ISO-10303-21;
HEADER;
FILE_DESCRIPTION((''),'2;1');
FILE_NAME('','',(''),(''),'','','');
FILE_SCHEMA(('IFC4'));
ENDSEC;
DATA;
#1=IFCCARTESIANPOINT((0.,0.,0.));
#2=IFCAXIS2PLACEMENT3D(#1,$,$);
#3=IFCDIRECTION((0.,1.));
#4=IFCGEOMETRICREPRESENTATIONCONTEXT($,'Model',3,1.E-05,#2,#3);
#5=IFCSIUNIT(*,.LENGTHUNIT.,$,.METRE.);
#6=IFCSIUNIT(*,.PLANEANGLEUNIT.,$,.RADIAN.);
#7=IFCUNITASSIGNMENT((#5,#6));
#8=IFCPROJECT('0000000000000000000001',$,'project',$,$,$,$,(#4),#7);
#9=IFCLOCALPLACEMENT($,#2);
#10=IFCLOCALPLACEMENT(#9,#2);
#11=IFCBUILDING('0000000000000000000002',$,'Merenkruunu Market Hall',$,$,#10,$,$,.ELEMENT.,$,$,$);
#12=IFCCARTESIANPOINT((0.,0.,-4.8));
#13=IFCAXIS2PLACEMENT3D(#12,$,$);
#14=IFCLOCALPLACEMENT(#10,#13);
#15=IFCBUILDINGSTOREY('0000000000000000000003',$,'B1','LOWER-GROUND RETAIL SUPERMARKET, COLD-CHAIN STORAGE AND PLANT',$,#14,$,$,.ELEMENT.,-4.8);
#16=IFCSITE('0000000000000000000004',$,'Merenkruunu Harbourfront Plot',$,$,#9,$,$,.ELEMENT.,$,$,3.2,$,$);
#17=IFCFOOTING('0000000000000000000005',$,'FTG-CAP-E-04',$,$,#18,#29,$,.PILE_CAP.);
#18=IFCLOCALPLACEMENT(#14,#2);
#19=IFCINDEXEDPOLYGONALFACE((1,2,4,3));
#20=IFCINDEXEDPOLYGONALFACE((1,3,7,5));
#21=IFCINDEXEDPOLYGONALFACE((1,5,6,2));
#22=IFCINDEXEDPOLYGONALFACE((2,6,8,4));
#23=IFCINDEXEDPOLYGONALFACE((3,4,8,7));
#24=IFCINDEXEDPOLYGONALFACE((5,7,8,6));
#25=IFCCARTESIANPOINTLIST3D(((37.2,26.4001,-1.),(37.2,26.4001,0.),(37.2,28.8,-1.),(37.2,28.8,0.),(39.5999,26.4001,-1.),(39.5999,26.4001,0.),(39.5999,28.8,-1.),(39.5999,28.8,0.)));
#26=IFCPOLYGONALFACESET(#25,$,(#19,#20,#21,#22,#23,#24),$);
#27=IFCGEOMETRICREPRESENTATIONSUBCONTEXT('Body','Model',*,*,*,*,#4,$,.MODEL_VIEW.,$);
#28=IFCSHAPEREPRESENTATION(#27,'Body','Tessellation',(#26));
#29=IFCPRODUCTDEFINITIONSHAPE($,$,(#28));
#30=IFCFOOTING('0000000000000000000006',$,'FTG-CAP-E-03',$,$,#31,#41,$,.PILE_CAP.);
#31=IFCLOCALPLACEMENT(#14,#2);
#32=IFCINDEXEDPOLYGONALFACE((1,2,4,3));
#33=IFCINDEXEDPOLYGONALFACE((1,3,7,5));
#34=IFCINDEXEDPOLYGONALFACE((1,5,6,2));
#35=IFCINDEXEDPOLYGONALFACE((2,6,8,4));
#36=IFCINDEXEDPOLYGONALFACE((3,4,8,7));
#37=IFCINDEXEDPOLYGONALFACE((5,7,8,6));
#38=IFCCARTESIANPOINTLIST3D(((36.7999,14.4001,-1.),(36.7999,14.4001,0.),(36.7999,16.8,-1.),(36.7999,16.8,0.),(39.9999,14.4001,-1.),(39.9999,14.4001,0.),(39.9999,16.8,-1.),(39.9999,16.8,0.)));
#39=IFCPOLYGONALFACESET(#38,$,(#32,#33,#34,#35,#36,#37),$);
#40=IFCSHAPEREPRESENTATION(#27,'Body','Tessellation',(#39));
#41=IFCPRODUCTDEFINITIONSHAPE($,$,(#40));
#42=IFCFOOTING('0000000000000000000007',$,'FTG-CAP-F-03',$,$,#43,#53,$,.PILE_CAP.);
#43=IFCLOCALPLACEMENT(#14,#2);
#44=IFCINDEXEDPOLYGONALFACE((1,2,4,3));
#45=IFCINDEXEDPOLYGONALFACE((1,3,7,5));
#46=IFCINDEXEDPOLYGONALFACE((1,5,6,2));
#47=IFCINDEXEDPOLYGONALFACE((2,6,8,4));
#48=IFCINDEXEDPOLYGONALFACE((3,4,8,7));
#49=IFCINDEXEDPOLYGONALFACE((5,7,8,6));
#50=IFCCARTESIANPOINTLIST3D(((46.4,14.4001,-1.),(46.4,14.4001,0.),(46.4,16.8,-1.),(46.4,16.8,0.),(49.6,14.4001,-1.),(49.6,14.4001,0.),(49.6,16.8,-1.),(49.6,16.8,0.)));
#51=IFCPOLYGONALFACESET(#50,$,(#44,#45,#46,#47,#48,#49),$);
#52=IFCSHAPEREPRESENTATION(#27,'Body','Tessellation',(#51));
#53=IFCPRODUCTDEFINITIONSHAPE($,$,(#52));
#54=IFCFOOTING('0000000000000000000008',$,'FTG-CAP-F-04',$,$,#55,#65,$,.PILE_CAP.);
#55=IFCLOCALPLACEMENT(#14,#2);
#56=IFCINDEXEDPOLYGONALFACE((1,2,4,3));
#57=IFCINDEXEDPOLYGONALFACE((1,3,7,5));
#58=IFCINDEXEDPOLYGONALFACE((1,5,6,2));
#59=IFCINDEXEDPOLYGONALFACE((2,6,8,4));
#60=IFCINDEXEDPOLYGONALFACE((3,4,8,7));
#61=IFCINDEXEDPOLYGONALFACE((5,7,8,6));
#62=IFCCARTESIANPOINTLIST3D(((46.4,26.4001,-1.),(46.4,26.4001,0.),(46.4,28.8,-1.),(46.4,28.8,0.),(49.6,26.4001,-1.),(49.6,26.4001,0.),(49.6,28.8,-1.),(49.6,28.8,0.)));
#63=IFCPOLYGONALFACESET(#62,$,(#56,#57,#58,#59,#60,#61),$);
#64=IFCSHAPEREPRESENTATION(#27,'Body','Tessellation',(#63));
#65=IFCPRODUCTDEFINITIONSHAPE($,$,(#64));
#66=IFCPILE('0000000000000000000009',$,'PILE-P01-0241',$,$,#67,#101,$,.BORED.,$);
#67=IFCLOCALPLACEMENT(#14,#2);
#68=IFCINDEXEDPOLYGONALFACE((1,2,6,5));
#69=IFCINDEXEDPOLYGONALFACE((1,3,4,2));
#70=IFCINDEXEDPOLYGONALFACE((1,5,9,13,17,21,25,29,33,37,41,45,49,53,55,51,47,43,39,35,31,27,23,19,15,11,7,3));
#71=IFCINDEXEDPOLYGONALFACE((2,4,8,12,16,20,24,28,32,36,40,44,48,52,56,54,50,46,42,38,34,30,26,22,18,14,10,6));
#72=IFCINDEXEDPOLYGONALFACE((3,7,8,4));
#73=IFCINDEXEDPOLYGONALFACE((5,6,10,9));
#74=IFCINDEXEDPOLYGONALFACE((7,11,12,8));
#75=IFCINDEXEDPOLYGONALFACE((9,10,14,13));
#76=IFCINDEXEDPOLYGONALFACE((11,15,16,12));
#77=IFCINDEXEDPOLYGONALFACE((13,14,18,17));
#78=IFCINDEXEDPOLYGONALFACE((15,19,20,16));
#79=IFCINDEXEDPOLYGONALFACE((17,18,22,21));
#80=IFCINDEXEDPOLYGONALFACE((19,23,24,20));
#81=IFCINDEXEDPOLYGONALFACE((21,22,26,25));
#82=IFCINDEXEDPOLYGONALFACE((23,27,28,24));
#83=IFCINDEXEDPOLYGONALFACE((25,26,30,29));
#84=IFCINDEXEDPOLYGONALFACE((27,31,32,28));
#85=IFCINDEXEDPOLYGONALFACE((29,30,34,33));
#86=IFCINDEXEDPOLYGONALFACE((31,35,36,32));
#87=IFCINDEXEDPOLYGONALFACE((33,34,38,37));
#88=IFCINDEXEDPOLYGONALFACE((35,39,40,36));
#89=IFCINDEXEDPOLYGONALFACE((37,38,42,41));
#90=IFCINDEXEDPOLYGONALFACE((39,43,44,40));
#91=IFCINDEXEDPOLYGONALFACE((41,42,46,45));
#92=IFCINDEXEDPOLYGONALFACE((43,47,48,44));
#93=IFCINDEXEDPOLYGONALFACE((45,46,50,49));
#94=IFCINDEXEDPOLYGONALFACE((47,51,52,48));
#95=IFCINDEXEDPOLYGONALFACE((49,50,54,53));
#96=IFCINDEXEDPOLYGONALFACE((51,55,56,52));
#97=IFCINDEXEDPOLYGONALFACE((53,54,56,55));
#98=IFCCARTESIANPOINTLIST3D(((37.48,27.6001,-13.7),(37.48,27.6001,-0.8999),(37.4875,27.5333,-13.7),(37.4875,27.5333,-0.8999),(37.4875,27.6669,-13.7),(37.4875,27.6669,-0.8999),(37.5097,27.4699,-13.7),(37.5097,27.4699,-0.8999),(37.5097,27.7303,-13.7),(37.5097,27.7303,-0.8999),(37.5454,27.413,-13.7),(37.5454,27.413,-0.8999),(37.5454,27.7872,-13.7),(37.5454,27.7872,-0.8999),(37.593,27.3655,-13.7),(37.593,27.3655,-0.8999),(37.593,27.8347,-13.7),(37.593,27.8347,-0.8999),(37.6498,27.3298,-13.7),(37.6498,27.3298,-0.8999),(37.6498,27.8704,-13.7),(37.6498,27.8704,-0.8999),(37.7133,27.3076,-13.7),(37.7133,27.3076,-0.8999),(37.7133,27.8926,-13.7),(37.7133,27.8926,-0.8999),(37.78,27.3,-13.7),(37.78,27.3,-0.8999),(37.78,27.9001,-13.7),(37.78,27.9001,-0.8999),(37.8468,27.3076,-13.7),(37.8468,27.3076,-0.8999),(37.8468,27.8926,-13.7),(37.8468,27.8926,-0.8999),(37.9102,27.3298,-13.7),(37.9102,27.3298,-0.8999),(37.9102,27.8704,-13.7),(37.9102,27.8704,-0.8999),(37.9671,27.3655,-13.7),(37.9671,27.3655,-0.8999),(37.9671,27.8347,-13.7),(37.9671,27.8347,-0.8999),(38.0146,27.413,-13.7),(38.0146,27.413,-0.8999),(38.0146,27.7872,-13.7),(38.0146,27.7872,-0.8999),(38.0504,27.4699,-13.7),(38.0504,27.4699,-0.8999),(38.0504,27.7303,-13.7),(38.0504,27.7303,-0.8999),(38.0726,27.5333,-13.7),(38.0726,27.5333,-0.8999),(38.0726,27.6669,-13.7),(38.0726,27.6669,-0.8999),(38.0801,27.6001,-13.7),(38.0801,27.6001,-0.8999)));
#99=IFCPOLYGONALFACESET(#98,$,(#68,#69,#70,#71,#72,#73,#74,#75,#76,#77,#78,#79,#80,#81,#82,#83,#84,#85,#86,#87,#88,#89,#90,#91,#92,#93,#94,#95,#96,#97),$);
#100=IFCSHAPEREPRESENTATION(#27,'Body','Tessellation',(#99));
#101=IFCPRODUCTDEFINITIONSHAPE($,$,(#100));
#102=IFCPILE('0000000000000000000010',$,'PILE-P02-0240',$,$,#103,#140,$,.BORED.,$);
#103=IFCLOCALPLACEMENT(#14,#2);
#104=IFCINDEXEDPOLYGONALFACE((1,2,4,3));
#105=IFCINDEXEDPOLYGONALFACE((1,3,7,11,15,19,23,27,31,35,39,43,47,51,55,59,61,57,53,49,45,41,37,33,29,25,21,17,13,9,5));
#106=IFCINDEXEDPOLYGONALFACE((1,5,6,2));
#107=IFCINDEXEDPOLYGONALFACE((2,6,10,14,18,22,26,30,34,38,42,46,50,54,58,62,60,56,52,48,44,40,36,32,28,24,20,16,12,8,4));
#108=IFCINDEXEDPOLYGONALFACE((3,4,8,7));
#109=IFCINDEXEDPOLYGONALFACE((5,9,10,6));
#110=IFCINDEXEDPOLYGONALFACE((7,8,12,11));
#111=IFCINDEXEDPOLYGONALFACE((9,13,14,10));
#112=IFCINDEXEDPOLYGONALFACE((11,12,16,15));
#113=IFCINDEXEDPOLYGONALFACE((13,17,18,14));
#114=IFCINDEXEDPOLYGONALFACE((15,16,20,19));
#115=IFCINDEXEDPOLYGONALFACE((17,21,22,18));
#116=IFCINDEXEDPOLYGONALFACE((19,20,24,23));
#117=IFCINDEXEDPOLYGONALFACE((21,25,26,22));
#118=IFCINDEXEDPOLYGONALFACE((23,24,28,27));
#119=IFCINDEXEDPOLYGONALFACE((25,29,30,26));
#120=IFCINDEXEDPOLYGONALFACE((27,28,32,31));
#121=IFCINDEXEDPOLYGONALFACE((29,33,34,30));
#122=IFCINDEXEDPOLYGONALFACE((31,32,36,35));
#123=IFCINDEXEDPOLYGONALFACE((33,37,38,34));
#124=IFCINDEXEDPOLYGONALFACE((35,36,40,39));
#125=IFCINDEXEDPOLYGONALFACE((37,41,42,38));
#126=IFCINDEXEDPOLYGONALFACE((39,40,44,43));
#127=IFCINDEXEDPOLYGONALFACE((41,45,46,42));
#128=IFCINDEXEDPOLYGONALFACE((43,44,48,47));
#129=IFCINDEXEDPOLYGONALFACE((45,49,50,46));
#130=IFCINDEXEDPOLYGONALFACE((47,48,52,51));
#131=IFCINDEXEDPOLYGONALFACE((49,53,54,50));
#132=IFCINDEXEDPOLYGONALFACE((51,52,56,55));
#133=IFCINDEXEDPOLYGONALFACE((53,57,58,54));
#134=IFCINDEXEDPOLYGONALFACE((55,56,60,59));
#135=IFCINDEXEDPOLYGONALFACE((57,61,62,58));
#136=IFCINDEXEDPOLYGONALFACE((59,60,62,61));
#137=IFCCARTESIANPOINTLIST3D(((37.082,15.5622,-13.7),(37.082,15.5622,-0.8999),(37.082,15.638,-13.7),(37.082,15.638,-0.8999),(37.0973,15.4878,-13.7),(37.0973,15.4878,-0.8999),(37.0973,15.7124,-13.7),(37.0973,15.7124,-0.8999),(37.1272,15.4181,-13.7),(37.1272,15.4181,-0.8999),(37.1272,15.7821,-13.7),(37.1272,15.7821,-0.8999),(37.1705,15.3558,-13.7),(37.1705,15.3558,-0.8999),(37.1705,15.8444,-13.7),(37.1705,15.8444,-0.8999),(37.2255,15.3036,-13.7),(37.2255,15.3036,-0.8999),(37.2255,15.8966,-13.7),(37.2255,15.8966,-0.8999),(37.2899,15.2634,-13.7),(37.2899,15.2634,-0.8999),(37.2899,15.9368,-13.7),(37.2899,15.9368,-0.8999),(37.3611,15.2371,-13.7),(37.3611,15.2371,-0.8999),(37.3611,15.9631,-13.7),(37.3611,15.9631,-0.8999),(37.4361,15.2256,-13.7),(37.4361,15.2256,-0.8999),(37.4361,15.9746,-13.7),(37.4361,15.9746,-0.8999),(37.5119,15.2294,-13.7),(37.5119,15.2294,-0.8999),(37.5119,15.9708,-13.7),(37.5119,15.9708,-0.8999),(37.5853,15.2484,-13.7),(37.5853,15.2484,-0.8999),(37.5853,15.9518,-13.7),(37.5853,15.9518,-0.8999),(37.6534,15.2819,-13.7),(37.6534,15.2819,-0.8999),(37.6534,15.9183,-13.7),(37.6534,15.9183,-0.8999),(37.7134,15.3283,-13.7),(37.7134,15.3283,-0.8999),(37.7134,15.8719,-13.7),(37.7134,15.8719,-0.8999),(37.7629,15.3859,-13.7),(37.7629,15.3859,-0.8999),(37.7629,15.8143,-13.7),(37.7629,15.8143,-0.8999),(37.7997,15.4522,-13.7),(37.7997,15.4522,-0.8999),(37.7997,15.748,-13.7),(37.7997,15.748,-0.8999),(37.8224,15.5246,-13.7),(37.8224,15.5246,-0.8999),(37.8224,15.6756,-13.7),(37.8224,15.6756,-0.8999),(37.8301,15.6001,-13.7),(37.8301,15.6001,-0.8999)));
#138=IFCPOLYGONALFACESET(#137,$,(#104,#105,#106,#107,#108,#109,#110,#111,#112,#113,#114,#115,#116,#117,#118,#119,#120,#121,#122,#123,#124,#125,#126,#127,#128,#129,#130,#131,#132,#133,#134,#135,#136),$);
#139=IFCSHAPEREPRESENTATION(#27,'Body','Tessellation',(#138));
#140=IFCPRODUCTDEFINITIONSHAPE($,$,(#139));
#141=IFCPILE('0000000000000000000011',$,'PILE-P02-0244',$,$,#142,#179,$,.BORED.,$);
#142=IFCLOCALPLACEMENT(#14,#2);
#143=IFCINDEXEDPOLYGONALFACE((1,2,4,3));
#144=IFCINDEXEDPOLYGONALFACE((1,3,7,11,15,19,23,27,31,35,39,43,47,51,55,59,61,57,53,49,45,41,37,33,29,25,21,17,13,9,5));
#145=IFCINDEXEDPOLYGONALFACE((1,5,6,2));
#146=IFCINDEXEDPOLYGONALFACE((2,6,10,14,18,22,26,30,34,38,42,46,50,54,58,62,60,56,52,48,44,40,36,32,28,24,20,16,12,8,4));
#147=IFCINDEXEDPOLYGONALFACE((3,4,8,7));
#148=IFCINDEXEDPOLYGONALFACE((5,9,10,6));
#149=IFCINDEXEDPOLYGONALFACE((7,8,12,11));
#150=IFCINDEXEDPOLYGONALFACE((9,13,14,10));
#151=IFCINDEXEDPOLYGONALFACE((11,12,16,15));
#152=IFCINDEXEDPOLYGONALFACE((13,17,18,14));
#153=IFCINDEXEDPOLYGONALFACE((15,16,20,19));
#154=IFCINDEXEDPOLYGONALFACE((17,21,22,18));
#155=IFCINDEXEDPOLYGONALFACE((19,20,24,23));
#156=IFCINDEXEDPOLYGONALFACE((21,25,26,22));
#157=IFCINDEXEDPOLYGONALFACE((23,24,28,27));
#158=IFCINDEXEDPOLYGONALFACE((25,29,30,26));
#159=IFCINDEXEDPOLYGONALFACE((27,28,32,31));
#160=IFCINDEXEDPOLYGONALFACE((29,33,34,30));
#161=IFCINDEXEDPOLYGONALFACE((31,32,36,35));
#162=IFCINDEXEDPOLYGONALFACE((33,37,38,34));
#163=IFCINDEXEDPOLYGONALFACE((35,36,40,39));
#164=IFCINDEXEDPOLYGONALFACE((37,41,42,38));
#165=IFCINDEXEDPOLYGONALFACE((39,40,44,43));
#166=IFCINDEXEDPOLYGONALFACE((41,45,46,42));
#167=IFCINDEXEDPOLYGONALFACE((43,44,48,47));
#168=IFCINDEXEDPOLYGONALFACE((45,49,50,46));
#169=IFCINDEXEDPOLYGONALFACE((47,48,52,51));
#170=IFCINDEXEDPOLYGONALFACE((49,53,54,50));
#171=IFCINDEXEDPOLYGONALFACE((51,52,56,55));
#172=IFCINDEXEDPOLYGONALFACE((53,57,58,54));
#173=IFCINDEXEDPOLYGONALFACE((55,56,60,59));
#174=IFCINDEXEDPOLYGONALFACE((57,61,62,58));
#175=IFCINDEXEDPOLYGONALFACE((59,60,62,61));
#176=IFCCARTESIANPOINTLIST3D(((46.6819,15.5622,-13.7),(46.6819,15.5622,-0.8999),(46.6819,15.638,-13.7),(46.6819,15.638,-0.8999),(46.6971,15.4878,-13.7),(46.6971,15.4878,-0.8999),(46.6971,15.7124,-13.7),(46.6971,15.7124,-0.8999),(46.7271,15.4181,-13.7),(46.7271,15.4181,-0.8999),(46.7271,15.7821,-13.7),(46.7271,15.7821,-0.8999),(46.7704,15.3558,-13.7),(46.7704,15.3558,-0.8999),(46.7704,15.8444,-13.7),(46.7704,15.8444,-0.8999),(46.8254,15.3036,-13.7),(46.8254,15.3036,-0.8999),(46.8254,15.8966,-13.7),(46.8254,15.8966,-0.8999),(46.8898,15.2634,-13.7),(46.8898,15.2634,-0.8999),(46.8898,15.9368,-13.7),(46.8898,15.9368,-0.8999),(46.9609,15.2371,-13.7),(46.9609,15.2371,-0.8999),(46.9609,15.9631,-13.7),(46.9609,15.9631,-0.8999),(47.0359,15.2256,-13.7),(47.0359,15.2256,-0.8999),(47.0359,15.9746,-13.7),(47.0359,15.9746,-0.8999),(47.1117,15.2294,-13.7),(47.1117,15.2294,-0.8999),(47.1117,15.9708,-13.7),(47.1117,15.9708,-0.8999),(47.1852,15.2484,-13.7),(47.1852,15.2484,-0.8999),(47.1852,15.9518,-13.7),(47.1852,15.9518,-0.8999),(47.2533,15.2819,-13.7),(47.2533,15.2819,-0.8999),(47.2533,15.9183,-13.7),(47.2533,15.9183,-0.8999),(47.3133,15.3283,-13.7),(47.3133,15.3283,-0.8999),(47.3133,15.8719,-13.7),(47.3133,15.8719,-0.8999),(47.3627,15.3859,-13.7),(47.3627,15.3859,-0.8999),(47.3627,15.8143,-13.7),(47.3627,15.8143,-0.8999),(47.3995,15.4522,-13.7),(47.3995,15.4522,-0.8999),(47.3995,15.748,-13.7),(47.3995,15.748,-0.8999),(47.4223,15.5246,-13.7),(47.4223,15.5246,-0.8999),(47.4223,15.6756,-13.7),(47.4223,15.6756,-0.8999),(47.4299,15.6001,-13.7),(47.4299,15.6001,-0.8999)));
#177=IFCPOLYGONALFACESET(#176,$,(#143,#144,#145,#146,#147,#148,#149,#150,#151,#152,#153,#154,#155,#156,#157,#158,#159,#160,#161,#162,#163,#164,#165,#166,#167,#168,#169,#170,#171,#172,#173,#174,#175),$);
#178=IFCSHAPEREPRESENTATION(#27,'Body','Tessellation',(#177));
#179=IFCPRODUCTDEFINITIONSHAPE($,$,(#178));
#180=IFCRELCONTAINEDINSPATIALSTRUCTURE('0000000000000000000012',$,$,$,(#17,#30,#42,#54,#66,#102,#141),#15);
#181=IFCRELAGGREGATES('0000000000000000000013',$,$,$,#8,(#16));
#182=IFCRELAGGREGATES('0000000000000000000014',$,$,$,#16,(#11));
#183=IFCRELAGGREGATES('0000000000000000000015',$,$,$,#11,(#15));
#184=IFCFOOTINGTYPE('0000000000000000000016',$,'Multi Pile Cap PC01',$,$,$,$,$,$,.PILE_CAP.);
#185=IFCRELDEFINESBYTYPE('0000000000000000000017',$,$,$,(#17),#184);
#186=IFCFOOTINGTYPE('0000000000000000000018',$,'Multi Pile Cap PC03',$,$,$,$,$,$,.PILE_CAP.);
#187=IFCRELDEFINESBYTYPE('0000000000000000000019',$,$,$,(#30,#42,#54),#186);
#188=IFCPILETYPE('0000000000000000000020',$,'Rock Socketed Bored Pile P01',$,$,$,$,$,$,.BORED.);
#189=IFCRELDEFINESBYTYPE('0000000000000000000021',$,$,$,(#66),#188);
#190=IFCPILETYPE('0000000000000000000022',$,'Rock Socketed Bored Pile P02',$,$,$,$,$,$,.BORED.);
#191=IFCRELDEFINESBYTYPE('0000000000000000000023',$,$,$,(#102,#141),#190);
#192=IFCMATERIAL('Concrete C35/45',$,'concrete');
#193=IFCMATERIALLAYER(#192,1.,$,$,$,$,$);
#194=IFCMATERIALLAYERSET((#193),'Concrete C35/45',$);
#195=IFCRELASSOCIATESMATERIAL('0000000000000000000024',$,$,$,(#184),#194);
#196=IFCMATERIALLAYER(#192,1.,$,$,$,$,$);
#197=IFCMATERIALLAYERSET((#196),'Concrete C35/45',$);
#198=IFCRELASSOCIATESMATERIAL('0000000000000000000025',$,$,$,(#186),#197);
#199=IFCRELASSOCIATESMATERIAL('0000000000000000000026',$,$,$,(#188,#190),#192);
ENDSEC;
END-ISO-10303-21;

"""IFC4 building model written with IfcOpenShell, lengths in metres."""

from ifc_helpers import new_model, si_unit, direction, frame, origin, origin_2d, place, context, subcontext, project, spatial, rectangle, circle, extrude, material, layer, layer_set, material_profile, profile_set, type_object, element, save


model = new_model("IFC4")

# Units and contexts
model_context = context("Model", 3, precision=1e-05, world=origin(), true_north=direction((0.0, 1.0)))
body_context = subcontext(model_context, "Body", "Model", "MODEL_VIEW")
ifc_project = project(units=[si_unit("LENGTHUNIT", "METRE"), si_unit("PLANEANGLEUNIT", "RADIAN")], contexts=[model_context])

# Site, building, storey
site_placement = place(None, origin())
site = spatial("IfcSite", under=ifc_project, at=site_placement, Name="Merenkruunu Harbourfront Plot", CompositionType="ELEMENT", RefElevation=3.2)
building_placement = place(site_placement, origin())
building = spatial("IfcBuilding", under=site, at=building_placement, Name="Merenkruunu Market Hall", CompositionType="ELEMENT")
storey_placement = place(building_placement, frame((0.0, 0.0, -4.8)))
storey = spatial("IfcBuildingStorey", under=building, at=storey_placement, Name="B1", Description="LOWER-GROUND RETAIL SUPERMARKET, COLD-CHAIN STORAGE AND PLANT", CompositionType="ELEMENT", Elevation=-4.8)

# Footings
ifc_material = material(Name="Concrete C35/45", Category="concrete")
ifc_layer_1 = layer(ifc_material, 1.0)
ifc_layer_set_1 = layer_set([ifc_layer_1], Name="Concrete C35/45")
footing_type_1 = type_object("IfcFootingType", Name="Multi Pile Cap PC01", PredefinedType="PILE_CAP", material=ifc_layer_set_1)
footing_1_placement = place(storey_placement, frame((38.3999, 27.6001, -1.0), z_axis=(0.0, 0.0, 1.0), x_axis=(1.0, 0.0, 0.0)))
element("IfcFooting", 1, at=footing_1_placement, inside=storey, type_object=footing_type_1, Name="FTG-CAP-E-04", PredefinedType="PILE_CAP", context=body_context, shape_type="SweptSolid", body=[
    extrude(rectangle(XDim=2.3999, YDim=2.3999, at=origin_2d()), origin(), (0.0, 0.0, 1.0), 1.0),
])
ifc_layer_2 = layer(ifc_material, 1.0)
ifc_layer_set_2 = layer_set([ifc_layer_2], Name="Concrete C35/45")
footing_type_2 = type_object("IfcFootingType", Name="Multi Pile Cap PC03", PredefinedType="PILE_CAP", material=ifc_layer_set_2)
for number, where, z_axis, x_axis, name in (
    (2, (38.3999, 15.6001, -1.0), (0.0, 0.0, 1.0), (1.0, 0.0, 0.0), "FTG-CAP-E-03"),
    (3, (48.0, 15.6001, -1.0), (0.0, 0.0, 1.0), (1.0, 0.0, 0.0), "FTG-CAP-F-03"),
    (4, (48.0, 27.6001, -1.0), (0.0, 0.0, 1.0), (1.0, 0.0, 0.0), "FTG-CAP-F-04"),
):
    element("IfcFooting", number, at=place(storey_placement, frame(where, z_axis=z_axis, x_axis=x_axis)), inside=storey, type_object=footing_type_2, Name=name, PredefinedType="PILE_CAP", context=body_context, shape_type="SweptSolid", body=[
        extrude(rectangle(XDim=3.2, YDim=2.3999, at=origin_2d()), origin(), (0.0, 0.0, 1.0), 1.0),
    ])

# Piles
ifc_material_profile_1 = material_profile(ifc_material, circle(Radius=0.3, at=origin_2d()), Name="BORED PILE 600")
ifc_profile_set_1 = profile_set([ifc_material_profile_1], Name="Concrete C35/45")
pile_type_1 = type_object("IfcPileType", Name="Rock Socketed Bored Pile P01", PredefinedType="BORED", material=ifc_profile_set_1)
pile_placement = place(storey_placement, frame((37.78, 27.6001, -0.8999), z_axis=(0.0, 0.0, -1.0), x_axis=(1.0, 0.0, 0.0)))
element("IfcPile", 5, at=pile_placement, inside=storey, type_object=pile_type_1, Name="PILE-P01-0241", PredefinedType="BORED", context=body_context, shape_type="SweptSolid", body=[
    extrude(circle(Radius=0.3, at=origin_2d()), origin(), (0.0, 0.0, 1.0), 12.8),
])
ifc_material_profile_2 = material_profile(ifc_material, circle(Radius=0.375, at=origin_2d()), Name="BORED PILE 750")
ifc_profile_set_2 = profile_set([ifc_material_profile_2], Name="Concrete C35/45")
pile_type_2 = type_object("IfcPileType", Name="Rock Socketed Bored Pile P02", PredefinedType="BORED", material=ifc_profile_set_2)
for number, where, z_axis, x_axis, name in (
    (6, (37.4551, 15.6001, -0.8999), (0.0, 0.0, -1.0), (1.0, 0.0, 0.0), "PILE-P02-0240"),
    (7, (47.0549, 15.6001, -0.8999), (0.0, 0.0, -1.0), (1.0, 0.0, 0.0), "PILE-P02-0244"),
):
    element("IfcPile", number, at=place(storey_placement, frame(where, z_axis=z_axis, x_axis=x_axis)), inside=storey, type_object=pile_type_2, Name=name, PredefinedType="BORED", context=body_context, shape_type="SweptSolid", body=[
        extrude(circle(Radius=0.375, at=origin_2d()), origin(), (0.0, 0.0, 1.0), 12.8),
    ])

save(model, "model.ifc")
